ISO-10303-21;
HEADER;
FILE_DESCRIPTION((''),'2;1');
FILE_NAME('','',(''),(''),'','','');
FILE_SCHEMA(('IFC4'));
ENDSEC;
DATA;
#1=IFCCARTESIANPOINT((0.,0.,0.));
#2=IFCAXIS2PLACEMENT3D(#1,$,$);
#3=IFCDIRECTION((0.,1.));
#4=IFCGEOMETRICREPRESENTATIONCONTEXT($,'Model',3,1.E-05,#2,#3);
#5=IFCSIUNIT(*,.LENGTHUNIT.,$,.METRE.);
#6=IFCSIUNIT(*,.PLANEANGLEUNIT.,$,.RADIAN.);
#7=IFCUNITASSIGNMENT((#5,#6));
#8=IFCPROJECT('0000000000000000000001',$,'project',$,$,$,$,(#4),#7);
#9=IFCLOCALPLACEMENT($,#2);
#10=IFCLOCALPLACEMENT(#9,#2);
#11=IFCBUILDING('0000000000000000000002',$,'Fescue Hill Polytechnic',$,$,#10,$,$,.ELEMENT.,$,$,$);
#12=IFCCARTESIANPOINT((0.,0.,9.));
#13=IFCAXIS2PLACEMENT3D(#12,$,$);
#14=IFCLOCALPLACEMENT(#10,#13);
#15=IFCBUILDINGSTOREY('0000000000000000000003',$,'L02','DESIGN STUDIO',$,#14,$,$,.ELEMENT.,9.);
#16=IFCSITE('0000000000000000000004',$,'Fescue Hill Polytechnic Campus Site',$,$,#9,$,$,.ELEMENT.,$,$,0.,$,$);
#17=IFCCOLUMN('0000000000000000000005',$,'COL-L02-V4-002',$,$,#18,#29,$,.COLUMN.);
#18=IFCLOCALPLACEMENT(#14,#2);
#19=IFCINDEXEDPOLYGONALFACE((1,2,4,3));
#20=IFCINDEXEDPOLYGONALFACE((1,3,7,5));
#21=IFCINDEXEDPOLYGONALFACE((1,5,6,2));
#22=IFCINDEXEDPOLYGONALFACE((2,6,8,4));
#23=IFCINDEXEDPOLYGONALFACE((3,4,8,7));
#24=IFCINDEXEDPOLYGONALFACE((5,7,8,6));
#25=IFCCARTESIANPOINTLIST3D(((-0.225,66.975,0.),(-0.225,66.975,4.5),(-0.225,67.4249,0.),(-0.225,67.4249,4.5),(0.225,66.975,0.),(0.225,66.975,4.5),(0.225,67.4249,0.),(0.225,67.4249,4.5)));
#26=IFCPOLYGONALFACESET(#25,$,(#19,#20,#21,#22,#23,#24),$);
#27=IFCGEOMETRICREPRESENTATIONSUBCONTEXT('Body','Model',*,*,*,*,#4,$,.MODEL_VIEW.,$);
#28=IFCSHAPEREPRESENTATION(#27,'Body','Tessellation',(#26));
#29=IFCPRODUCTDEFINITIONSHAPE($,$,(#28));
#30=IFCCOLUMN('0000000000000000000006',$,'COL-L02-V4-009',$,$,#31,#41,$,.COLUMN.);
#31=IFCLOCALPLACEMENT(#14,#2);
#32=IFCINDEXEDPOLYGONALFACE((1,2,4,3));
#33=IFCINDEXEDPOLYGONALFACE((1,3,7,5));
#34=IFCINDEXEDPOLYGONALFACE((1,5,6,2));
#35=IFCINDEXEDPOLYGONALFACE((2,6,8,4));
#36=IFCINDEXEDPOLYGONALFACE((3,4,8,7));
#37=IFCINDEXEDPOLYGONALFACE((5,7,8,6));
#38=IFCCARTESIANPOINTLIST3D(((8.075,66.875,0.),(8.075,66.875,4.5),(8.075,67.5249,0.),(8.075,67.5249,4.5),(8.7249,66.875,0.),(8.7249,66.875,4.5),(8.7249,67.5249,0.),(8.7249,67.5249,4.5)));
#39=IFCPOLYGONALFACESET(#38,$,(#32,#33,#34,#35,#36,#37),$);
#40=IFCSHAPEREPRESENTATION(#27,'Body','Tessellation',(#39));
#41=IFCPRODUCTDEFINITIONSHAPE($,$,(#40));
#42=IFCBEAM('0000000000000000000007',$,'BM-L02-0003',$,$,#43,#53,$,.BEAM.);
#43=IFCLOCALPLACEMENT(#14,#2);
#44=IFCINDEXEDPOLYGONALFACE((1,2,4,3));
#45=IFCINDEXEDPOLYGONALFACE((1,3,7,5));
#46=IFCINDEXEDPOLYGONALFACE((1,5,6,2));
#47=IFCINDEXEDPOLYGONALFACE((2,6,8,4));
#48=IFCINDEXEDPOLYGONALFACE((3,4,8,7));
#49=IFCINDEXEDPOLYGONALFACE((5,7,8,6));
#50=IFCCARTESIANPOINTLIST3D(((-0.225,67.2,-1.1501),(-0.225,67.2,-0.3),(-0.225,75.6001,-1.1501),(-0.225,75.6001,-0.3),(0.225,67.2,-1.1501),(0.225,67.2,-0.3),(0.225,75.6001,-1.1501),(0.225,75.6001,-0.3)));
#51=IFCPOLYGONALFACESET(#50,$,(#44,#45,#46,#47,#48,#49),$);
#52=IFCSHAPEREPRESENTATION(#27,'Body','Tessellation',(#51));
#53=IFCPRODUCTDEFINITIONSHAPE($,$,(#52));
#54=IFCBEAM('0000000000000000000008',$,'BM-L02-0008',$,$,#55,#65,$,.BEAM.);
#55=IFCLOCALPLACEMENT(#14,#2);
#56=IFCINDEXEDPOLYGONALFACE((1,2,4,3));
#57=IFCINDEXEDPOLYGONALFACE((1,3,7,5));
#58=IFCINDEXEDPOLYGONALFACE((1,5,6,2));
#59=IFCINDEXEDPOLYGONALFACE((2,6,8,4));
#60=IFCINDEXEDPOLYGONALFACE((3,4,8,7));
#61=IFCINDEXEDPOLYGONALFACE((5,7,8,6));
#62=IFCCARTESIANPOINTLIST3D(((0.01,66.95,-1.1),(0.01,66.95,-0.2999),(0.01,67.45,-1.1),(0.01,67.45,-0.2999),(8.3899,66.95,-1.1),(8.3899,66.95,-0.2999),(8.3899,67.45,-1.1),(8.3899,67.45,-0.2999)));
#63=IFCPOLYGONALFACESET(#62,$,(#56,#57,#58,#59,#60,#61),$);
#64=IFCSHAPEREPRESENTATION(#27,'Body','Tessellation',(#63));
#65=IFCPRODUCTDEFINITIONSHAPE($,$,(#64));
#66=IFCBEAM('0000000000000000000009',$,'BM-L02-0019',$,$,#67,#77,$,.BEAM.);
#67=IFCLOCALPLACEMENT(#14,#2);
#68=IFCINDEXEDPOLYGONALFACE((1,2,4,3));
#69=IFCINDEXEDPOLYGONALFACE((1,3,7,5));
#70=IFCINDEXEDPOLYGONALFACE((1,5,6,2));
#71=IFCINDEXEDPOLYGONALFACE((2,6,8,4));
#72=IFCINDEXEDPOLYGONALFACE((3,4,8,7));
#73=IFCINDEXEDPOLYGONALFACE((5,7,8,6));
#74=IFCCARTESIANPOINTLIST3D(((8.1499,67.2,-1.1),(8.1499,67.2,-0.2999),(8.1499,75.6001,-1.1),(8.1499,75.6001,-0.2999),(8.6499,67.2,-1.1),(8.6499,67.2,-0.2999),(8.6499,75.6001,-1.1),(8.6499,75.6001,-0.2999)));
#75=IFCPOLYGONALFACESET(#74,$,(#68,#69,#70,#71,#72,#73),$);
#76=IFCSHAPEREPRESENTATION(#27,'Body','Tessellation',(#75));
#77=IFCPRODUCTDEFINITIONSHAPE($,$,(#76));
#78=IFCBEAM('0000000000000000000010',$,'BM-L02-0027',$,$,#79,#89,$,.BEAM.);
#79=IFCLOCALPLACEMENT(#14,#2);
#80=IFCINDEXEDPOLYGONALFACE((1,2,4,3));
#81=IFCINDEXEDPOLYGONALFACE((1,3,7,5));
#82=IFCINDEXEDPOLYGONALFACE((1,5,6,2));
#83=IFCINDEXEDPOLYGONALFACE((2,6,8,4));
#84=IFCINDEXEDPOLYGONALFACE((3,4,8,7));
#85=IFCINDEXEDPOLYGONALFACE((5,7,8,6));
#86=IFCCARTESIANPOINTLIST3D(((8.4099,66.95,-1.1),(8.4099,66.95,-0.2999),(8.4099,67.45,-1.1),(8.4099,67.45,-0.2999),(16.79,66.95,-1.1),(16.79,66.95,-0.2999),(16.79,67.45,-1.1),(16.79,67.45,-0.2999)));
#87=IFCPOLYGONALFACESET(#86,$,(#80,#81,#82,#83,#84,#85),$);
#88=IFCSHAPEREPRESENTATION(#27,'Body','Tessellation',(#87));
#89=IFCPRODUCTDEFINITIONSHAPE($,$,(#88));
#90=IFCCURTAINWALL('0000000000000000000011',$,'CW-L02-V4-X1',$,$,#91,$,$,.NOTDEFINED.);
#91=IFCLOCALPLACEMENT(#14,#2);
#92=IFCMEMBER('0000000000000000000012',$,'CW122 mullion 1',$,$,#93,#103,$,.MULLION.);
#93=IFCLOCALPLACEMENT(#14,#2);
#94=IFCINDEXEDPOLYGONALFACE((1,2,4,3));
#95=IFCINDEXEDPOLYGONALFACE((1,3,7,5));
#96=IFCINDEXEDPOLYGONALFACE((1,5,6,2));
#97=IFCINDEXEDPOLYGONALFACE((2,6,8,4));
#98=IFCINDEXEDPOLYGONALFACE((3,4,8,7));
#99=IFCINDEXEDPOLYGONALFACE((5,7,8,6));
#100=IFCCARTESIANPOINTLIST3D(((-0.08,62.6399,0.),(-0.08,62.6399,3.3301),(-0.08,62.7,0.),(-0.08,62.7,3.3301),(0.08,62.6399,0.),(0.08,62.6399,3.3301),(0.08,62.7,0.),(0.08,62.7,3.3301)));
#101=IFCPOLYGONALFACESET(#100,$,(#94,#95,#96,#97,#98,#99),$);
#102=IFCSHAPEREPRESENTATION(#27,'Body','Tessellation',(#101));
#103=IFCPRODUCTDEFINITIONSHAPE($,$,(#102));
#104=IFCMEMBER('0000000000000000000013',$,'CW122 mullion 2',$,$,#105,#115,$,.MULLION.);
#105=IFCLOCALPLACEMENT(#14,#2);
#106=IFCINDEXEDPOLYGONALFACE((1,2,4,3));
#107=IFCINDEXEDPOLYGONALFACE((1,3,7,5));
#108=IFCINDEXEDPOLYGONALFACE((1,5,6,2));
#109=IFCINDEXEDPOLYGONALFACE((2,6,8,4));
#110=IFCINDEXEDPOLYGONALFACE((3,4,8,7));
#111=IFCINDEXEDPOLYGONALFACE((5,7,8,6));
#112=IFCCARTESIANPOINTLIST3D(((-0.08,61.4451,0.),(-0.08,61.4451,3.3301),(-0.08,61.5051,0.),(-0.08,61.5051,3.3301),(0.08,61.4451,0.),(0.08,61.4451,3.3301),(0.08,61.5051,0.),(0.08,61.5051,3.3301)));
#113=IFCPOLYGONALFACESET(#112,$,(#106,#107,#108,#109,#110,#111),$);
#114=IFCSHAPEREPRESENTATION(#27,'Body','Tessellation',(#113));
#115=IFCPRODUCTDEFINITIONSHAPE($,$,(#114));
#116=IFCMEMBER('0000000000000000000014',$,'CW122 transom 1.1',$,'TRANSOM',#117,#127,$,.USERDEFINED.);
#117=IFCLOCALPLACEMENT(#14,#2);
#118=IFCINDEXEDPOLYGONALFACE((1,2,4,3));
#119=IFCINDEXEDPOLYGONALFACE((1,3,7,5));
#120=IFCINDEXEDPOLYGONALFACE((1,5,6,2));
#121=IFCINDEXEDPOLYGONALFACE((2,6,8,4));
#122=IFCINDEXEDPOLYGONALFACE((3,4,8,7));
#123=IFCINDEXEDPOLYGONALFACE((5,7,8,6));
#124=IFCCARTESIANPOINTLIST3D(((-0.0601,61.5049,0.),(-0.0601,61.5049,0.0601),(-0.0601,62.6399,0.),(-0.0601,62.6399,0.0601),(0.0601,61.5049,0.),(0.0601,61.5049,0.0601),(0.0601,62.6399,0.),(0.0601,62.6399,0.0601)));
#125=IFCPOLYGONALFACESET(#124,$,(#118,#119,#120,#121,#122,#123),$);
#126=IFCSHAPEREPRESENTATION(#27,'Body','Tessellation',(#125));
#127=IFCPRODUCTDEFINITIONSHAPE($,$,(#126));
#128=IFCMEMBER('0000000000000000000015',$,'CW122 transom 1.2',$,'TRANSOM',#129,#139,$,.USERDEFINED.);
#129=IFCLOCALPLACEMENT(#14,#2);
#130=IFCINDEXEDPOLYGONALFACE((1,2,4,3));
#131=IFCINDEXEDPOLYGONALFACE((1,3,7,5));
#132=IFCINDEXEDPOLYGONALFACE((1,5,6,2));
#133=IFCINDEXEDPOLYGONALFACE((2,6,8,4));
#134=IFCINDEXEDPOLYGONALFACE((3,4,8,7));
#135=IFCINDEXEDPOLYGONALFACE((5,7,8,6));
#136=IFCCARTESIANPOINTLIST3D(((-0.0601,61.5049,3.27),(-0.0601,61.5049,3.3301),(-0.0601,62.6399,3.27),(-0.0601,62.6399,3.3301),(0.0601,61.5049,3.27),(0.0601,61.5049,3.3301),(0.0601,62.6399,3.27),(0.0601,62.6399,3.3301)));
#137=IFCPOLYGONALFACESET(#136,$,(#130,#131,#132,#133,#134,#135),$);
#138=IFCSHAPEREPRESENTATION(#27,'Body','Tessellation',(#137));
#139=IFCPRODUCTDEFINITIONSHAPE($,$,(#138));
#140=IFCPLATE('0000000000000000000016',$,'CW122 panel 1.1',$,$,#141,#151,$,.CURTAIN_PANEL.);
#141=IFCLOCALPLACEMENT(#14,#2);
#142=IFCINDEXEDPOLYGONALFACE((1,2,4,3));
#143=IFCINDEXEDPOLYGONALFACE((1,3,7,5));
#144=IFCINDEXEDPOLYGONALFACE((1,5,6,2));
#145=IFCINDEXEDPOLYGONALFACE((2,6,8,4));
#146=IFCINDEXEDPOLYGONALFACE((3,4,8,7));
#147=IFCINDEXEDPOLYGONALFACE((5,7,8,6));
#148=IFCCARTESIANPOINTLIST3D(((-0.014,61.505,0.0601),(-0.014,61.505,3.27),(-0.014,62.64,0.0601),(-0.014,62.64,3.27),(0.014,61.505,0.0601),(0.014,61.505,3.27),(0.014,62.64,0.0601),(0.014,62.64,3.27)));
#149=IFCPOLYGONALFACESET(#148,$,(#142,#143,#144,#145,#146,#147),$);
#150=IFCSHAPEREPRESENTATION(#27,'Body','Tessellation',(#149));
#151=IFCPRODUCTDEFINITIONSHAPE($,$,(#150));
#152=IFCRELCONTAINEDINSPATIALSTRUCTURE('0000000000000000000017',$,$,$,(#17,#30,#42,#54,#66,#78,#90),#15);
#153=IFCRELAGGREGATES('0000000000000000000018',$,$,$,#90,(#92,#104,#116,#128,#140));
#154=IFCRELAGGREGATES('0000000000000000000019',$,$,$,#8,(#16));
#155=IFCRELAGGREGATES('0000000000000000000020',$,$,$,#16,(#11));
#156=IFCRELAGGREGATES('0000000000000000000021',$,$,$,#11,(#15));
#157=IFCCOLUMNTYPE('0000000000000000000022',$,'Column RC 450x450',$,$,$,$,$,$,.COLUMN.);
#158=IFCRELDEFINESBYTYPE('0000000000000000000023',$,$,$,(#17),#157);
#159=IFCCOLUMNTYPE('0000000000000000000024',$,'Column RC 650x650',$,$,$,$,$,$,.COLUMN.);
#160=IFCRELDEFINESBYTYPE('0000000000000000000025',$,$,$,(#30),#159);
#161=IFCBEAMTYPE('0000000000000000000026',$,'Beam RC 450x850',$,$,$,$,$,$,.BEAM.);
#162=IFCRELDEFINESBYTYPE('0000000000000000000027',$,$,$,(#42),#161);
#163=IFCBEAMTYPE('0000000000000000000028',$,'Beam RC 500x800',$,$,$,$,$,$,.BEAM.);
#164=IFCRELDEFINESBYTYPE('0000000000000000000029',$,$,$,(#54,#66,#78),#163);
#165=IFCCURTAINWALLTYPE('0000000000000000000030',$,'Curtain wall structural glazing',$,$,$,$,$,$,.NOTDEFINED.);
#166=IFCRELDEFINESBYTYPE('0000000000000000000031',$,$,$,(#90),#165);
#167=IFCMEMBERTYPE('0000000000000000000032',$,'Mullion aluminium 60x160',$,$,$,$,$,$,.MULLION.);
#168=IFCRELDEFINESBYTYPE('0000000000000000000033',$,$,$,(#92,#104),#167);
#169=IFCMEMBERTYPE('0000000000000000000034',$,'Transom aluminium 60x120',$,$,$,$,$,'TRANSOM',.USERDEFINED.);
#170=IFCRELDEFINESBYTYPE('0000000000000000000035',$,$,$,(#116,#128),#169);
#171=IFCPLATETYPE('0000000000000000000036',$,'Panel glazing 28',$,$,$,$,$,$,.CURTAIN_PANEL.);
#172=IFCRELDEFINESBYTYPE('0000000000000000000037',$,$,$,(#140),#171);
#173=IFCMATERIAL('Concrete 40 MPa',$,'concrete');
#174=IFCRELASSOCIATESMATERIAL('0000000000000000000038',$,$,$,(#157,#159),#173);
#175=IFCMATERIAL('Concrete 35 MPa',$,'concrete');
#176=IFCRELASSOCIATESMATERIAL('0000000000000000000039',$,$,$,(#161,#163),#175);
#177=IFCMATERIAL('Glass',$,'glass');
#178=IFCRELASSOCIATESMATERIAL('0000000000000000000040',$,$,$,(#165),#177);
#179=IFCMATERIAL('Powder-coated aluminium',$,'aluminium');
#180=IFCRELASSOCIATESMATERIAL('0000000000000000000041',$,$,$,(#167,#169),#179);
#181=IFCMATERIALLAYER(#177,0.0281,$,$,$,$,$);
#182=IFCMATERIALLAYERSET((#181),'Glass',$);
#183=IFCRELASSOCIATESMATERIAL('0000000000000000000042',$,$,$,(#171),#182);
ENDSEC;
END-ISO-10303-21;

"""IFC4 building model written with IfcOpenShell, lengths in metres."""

from ifc_helpers import new_model, si_unit, direction, frame, origin, origin_2d, place, context, subcontext, project, spatial, rectangle, extrude, material, layer, layer_set, material_profile, profile_set, type_object, element, aggregate, save


model = new_model("IFC4")

# Units and contexts
model_context = context("Model", 3, precision=1e-05, world=origin(), true_north=direction((0.0, 1.0)))
body_context = subcontext(model_context, "Body", "Model", "MODEL_VIEW")
ifc_project = project(units=[si_unit("LENGTHUNIT", "METRE"), si_unit("PLANEANGLEUNIT", "RADIAN")], contexts=[model_context])

# Site, building, storey
site_placement = place(None, origin())
site = spatial("IfcSite", under=ifc_project, at=site_placement, Name="Fescue Hill Polytechnic Campus Site", CompositionType="ELEMENT", RefElevation=0.0)
building_placement = place(site_placement, origin())
building = spatial("IfcBuilding", under=site, at=building_placement, Name="Fescue Hill Polytechnic", CompositionType="ELEMENT")
storey_placement = place(building_placement, frame((0.0, 0.0, 9.0)))
storey = spatial("IfcBuildingStorey", under=building, at=storey_placement, Name="L02", Description="DESIGN STUDIO", CompositionType="ELEMENT", Elevation=9.0)

# Columns
ifc_material_1 = material(Name="Concrete 40 MPa", Category="concrete")
ifc_material_profile_1 = material_profile(ifc_material_1, rectangle(XDim=0.45, YDim=0.45, at=origin_2d()), Name="RC 450x450")
ifc_profile_set_1 = profile_set([ifc_material_profile_1], Name="Concrete 40 MPa")
column_type_1 = type_object("IfcColumnType", Name="Column RC 450x450", PredefinedType="COLUMN", material=ifc_profile_set_1)
column_1_placement = place(storey_placement, frame((0.0, 67.2, 0.0), z_axis=(0.0, 0.0, 1.0), x_axis=(1.0, 0.0, 0.0)))
element("IfcColumn", 1, at=column_1_placement, inside=storey, type_object=column_type_1, Name="COL-L02-V4-002", PredefinedType="COLUMN", context=body_context, shape_type="SweptSolid", body=[
    extrude(rectangle(XDim=0.45, YDim=0.45, at=origin_2d()), origin(), (0.0, 0.0, 1.0), 4.5),
])
ifc_material_profile_2 = material_profile(ifc_material_1, rectangle(XDim=0.6499, YDim=0.6499, at=origin_2d()), Name="RC 650x650")
ifc_profile_set_2 = profile_set([ifc_material_profile_2], Name="Concrete 40 MPa")
column_type_2 = type_object("IfcColumnType", Name="Column RC 650x650", PredefinedType="COLUMN", material=ifc_profile_set_2)
column_2_placement = place(storey_placement, frame((8.3999, 67.2, 0.0), z_axis=(0.0, 0.0, 1.0), x_axis=(1.0, 0.0, 0.0)))
element("IfcColumn", 2, at=column_2_placement, inside=storey, type_object=column_type_2, Name="COL-L02-V4-009", PredefinedType="COLUMN", context=body_context, shape_type="SweptSolid", body=[
    extrude(rectangle(XDim=0.6499, YDim=0.6499, at=origin_2d()), origin(), (0.0, 0.0, 1.0), 4.5),
])

# Beams
ifc_material_2 = material(Name="Concrete 35 MPa", Category="concrete")
ifc_material_profile_3 = material_profile(ifc_material_2, rectangle(XDim=0.45, YDim=0.8501, at=origin_2d()), Name="RC 450x850")
ifc_profile_set_3 = profile_set([ifc_material_profile_3], Name="Concrete 35 MPa")
beam_type_1 = type_object("IfcBeamType", Name="Beam RC 450x850", PredefinedType="BEAM", material=ifc_profile_set_3)
beam_1_placement = place(storey_placement, frame((0.0, 67.2, -0.7251), z_axis=(0.0, 1.0, 0.0), x_axis=(-1.0, 0.0, 0.0)))
element("IfcBeam", 3, at=beam_1_placement, inside=storey, type_object=beam_type_1, Name="BM-L02-0003", PredefinedType="BEAM", context=body_context, shape_type="SweptSolid", body=[
    extrude(rectangle(XDim=0.45, YDim=0.8501, at=origin_2d()), origin(), (0.0, 0.0, 1.0), 8.4001),
])
ifc_material_profile_4 = material_profile(ifc_material_2, rectangle(XDim=0.5, YDim=0.8, at=origin_2d()), Name="RC 500x800")
ifc_profile_set_4 = profile_set([ifc_material_profile_4], Name="Concrete 35 MPa")
beam_type_2 = type_object("IfcBeamType", Name="Beam RC 500x800", PredefinedType="BEAM", material=ifc_profile_set_4)
beam_2_placement = place(storey_placement, frame((0.01, 67.2, -0.7), z_axis=(1.0, 0.0, 0.0), x_axis=(0.0, 1.0, 0.0)))
element("IfcBeam", 4, at=beam_2_placement, inside=storey, type_object=beam_type_2, Name="BM-L02-0008", PredefinedType="BEAM", context=body_context, shape_type="SweptSolid", body=[
    extrude(rectangle(XDim=0.5, YDim=0.8, at=origin_2d()), origin(), (0.0, 0.0, 1.0), 8.3799),
])
beam_3_placement = place(storey_placement, frame((8.3999, 67.2, -0.7), z_axis=(0.0, 1.0, 0.0), x_axis=(-1.0, 0.0, 0.0)))
element("IfcBeam", 5, at=beam_3_placement, inside=storey, type_object=beam_type_2, Name="BM-L02-0019", PredefinedType="BEAM", context=body_context, shape_type="SweptSolid", body=[
    extrude(rectangle(XDim=0.5, YDim=0.8, at=origin_2d()), origin(), (0.0, 0.0, 1.0), 8.4001),
])
beam_4_placement = place(storey_placement, frame((8.4099, 67.2, -0.7), z_axis=(1.0, 0.0, 0.0), x_axis=(0.0, 1.0, 0.0)))
element("IfcBeam", 6, at=beam_4_placement, inside=storey, type_object=beam_type_2, Name="BM-L02-0027", PredefinedType="BEAM", context=body_context, shape_type="SweptSolid", body=[
    extrude(rectangle(XDim=0.5, YDim=0.8, at=origin_2d()), origin(), (0.0, 0.0, 1.0), 8.3801),
])

# Curtain wall, members, plate
ifc_material_3 = material(Name="Glass", Category="glass")
curtain_wall_type = type_object("IfcCurtainWallType", Name="Curtain wall structural glazing", PredefinedType="NOTDEFINED", material=ifc_material_3)
curtain_wall_placement = place(storey_placement, origin())
curtain_wall = element("IfcCurtainWall", 7, at=curtain_wall_placement, inside=storey, type_object=curtain_wall_type, Name="CW-L02-V4-X1", PredefinedType="NOTDEFINED")
ifc_material_4 = material(Name="Powder-coated aluminium", Category="aluminium")
ifc_material_profile_5 = material_profile(ifc_material_4, rectangle(XDim=0.1599, YDim=0.0601, at=origin_2d()), Name="Mullion aluminium 60x160")
ifc_profile_set_5 = profile_set([ifc_material_profile_5], Name="Powder-coated aluminium")
member_type_1 = type_object("IfcMemberType", Name="Mullion aluminium 60x160", PredefinedType="MULLION", material=ifc_profile_set_5)
member_1_placement = place(storey_placement, frame((0.0, 62.6699, 0.0), z_axis=(0.0, 0.0, 1.0), x_axis=(1.0, 0.0, 0.0)))
member_1 = element("IfcMember", 8, at=member_1_placement, type_object=member_type_1, Name="CW122 mullion 1", PredefinedType="MULLION", context=body_context, shape_type="SweptSolid", body=[
    extrude(rectangle(XDim=0.1599, YDim=0.0601, at=origin_2d()), origin(), (0.0, 0.0, 1.0), 3.3301),
])
member_2_placement = place(storey_placement, frame((0.0, 61.4751, 0.0), z_axis=(0.0, 0.0, 1.0), x_axis=(1.0, 0.0, 0.0)))
member_2 = element("IfcMember", 9, at=member_2_placement, type_object=member_type_1, Name="CW122 mullion 2", PredefinedType="MULLION", context=body_context, shape_type="SweptSolid", body=[
    extrude(rectangle(XDim=0.1599, YDim=0.0601, at=origin_2d()), origin(), (0.0, 0.0, 1.0), 3.3301),
])
ifc_material_profile_6 = material_profile(ifc_material_4, rectangle(XDim=0.1201, YDim=0.0601, at=origin_2d()), Name="Transom aluminium 60x120")
ifc_profile_set_6 = profile_set([ifc_material_profile_6], Name="Powder-coated aluminium")
member_type_2 = type_object("IfcMemberType", Name="Transom aluminium 60x120", ElementType="TRANSOM", PredefinedType="USERDEFINED", material=ifc_profile_set_6)
member_3_placement = place(storey_placement, frame((0.0, 62.6399, 0.03), z_axis=(0.0, -1.0, 0.0), x_axis=(1.0, 0.0, 0.0)))
member_3 = element("IfcMember", 10, at=member_3_placement, type_object=member_type_2, Name="CW122 transom 1.1", ObjectType="TRANSOM", PredefinedType="USERDEFINED", context=body_context, shape_type="SweptSolid", body=[
    extrude(rectangle(XDim=0.1201, YDim=0.0601, at=origin_2d()), origin(), (0.0, 0.0, 1.0), 1.135),
])
member_4_placement = place(storey_placement, frame((0.0, 62.6399, 3.3), z_axis=(0.0, -1.0, 0.0), x_axis=(1.0, 0.0, 0.0)))
member_4 = element("IfcMember", 11, at=member_4_placement, type_object=member_type_2, Name="CW122 transom 1.2", ObjectType="TRANSOM", PredefinedType="USERDEFINED", context=body_context, shape_type="SweptSolid", body=[
    extrude(rectangle(XDim=0.1201, YDim=0.0601, at=origin_2d()), origin(), (0.0, 0.0, 1.0), 1.135),
])
ifc_layer_1 = layer(ifc_material_3, 0.0281)
ifc_layer_set_1 = layer_set([ifc_layer_1], Name="Glass")
plate_type = type_object("IfcPlateType", Name="Panel glazing 28", PredefinedType="CURTAIN_PANEL", material=ifc_layer_set_1)
plate_placement = place(storey_placement, frame((0.0, 62.0725, 0.0601), z_axis=(0.0, 0.0, 1.0), x_axis=(0.0, -1.0, 0.0)))
plate = element("IfcPlate", 12, at=plate_placement, type_object=plate_type, Name="CW122 panel 1.1", PredefinedType="CURTAIN_PANEL", context=body_context, shape_type="SweptSolid", body=[
    extrude(rectangle(XDim=1.135, YDim=0.0281, at=origin_2d()), origin(), (0.0, 0.0, 1.0), 3.21),
])
aggregate(curtain_wall, [member_1, member_2, member_3, member_4, plate])

save(model, "model.ifc")
